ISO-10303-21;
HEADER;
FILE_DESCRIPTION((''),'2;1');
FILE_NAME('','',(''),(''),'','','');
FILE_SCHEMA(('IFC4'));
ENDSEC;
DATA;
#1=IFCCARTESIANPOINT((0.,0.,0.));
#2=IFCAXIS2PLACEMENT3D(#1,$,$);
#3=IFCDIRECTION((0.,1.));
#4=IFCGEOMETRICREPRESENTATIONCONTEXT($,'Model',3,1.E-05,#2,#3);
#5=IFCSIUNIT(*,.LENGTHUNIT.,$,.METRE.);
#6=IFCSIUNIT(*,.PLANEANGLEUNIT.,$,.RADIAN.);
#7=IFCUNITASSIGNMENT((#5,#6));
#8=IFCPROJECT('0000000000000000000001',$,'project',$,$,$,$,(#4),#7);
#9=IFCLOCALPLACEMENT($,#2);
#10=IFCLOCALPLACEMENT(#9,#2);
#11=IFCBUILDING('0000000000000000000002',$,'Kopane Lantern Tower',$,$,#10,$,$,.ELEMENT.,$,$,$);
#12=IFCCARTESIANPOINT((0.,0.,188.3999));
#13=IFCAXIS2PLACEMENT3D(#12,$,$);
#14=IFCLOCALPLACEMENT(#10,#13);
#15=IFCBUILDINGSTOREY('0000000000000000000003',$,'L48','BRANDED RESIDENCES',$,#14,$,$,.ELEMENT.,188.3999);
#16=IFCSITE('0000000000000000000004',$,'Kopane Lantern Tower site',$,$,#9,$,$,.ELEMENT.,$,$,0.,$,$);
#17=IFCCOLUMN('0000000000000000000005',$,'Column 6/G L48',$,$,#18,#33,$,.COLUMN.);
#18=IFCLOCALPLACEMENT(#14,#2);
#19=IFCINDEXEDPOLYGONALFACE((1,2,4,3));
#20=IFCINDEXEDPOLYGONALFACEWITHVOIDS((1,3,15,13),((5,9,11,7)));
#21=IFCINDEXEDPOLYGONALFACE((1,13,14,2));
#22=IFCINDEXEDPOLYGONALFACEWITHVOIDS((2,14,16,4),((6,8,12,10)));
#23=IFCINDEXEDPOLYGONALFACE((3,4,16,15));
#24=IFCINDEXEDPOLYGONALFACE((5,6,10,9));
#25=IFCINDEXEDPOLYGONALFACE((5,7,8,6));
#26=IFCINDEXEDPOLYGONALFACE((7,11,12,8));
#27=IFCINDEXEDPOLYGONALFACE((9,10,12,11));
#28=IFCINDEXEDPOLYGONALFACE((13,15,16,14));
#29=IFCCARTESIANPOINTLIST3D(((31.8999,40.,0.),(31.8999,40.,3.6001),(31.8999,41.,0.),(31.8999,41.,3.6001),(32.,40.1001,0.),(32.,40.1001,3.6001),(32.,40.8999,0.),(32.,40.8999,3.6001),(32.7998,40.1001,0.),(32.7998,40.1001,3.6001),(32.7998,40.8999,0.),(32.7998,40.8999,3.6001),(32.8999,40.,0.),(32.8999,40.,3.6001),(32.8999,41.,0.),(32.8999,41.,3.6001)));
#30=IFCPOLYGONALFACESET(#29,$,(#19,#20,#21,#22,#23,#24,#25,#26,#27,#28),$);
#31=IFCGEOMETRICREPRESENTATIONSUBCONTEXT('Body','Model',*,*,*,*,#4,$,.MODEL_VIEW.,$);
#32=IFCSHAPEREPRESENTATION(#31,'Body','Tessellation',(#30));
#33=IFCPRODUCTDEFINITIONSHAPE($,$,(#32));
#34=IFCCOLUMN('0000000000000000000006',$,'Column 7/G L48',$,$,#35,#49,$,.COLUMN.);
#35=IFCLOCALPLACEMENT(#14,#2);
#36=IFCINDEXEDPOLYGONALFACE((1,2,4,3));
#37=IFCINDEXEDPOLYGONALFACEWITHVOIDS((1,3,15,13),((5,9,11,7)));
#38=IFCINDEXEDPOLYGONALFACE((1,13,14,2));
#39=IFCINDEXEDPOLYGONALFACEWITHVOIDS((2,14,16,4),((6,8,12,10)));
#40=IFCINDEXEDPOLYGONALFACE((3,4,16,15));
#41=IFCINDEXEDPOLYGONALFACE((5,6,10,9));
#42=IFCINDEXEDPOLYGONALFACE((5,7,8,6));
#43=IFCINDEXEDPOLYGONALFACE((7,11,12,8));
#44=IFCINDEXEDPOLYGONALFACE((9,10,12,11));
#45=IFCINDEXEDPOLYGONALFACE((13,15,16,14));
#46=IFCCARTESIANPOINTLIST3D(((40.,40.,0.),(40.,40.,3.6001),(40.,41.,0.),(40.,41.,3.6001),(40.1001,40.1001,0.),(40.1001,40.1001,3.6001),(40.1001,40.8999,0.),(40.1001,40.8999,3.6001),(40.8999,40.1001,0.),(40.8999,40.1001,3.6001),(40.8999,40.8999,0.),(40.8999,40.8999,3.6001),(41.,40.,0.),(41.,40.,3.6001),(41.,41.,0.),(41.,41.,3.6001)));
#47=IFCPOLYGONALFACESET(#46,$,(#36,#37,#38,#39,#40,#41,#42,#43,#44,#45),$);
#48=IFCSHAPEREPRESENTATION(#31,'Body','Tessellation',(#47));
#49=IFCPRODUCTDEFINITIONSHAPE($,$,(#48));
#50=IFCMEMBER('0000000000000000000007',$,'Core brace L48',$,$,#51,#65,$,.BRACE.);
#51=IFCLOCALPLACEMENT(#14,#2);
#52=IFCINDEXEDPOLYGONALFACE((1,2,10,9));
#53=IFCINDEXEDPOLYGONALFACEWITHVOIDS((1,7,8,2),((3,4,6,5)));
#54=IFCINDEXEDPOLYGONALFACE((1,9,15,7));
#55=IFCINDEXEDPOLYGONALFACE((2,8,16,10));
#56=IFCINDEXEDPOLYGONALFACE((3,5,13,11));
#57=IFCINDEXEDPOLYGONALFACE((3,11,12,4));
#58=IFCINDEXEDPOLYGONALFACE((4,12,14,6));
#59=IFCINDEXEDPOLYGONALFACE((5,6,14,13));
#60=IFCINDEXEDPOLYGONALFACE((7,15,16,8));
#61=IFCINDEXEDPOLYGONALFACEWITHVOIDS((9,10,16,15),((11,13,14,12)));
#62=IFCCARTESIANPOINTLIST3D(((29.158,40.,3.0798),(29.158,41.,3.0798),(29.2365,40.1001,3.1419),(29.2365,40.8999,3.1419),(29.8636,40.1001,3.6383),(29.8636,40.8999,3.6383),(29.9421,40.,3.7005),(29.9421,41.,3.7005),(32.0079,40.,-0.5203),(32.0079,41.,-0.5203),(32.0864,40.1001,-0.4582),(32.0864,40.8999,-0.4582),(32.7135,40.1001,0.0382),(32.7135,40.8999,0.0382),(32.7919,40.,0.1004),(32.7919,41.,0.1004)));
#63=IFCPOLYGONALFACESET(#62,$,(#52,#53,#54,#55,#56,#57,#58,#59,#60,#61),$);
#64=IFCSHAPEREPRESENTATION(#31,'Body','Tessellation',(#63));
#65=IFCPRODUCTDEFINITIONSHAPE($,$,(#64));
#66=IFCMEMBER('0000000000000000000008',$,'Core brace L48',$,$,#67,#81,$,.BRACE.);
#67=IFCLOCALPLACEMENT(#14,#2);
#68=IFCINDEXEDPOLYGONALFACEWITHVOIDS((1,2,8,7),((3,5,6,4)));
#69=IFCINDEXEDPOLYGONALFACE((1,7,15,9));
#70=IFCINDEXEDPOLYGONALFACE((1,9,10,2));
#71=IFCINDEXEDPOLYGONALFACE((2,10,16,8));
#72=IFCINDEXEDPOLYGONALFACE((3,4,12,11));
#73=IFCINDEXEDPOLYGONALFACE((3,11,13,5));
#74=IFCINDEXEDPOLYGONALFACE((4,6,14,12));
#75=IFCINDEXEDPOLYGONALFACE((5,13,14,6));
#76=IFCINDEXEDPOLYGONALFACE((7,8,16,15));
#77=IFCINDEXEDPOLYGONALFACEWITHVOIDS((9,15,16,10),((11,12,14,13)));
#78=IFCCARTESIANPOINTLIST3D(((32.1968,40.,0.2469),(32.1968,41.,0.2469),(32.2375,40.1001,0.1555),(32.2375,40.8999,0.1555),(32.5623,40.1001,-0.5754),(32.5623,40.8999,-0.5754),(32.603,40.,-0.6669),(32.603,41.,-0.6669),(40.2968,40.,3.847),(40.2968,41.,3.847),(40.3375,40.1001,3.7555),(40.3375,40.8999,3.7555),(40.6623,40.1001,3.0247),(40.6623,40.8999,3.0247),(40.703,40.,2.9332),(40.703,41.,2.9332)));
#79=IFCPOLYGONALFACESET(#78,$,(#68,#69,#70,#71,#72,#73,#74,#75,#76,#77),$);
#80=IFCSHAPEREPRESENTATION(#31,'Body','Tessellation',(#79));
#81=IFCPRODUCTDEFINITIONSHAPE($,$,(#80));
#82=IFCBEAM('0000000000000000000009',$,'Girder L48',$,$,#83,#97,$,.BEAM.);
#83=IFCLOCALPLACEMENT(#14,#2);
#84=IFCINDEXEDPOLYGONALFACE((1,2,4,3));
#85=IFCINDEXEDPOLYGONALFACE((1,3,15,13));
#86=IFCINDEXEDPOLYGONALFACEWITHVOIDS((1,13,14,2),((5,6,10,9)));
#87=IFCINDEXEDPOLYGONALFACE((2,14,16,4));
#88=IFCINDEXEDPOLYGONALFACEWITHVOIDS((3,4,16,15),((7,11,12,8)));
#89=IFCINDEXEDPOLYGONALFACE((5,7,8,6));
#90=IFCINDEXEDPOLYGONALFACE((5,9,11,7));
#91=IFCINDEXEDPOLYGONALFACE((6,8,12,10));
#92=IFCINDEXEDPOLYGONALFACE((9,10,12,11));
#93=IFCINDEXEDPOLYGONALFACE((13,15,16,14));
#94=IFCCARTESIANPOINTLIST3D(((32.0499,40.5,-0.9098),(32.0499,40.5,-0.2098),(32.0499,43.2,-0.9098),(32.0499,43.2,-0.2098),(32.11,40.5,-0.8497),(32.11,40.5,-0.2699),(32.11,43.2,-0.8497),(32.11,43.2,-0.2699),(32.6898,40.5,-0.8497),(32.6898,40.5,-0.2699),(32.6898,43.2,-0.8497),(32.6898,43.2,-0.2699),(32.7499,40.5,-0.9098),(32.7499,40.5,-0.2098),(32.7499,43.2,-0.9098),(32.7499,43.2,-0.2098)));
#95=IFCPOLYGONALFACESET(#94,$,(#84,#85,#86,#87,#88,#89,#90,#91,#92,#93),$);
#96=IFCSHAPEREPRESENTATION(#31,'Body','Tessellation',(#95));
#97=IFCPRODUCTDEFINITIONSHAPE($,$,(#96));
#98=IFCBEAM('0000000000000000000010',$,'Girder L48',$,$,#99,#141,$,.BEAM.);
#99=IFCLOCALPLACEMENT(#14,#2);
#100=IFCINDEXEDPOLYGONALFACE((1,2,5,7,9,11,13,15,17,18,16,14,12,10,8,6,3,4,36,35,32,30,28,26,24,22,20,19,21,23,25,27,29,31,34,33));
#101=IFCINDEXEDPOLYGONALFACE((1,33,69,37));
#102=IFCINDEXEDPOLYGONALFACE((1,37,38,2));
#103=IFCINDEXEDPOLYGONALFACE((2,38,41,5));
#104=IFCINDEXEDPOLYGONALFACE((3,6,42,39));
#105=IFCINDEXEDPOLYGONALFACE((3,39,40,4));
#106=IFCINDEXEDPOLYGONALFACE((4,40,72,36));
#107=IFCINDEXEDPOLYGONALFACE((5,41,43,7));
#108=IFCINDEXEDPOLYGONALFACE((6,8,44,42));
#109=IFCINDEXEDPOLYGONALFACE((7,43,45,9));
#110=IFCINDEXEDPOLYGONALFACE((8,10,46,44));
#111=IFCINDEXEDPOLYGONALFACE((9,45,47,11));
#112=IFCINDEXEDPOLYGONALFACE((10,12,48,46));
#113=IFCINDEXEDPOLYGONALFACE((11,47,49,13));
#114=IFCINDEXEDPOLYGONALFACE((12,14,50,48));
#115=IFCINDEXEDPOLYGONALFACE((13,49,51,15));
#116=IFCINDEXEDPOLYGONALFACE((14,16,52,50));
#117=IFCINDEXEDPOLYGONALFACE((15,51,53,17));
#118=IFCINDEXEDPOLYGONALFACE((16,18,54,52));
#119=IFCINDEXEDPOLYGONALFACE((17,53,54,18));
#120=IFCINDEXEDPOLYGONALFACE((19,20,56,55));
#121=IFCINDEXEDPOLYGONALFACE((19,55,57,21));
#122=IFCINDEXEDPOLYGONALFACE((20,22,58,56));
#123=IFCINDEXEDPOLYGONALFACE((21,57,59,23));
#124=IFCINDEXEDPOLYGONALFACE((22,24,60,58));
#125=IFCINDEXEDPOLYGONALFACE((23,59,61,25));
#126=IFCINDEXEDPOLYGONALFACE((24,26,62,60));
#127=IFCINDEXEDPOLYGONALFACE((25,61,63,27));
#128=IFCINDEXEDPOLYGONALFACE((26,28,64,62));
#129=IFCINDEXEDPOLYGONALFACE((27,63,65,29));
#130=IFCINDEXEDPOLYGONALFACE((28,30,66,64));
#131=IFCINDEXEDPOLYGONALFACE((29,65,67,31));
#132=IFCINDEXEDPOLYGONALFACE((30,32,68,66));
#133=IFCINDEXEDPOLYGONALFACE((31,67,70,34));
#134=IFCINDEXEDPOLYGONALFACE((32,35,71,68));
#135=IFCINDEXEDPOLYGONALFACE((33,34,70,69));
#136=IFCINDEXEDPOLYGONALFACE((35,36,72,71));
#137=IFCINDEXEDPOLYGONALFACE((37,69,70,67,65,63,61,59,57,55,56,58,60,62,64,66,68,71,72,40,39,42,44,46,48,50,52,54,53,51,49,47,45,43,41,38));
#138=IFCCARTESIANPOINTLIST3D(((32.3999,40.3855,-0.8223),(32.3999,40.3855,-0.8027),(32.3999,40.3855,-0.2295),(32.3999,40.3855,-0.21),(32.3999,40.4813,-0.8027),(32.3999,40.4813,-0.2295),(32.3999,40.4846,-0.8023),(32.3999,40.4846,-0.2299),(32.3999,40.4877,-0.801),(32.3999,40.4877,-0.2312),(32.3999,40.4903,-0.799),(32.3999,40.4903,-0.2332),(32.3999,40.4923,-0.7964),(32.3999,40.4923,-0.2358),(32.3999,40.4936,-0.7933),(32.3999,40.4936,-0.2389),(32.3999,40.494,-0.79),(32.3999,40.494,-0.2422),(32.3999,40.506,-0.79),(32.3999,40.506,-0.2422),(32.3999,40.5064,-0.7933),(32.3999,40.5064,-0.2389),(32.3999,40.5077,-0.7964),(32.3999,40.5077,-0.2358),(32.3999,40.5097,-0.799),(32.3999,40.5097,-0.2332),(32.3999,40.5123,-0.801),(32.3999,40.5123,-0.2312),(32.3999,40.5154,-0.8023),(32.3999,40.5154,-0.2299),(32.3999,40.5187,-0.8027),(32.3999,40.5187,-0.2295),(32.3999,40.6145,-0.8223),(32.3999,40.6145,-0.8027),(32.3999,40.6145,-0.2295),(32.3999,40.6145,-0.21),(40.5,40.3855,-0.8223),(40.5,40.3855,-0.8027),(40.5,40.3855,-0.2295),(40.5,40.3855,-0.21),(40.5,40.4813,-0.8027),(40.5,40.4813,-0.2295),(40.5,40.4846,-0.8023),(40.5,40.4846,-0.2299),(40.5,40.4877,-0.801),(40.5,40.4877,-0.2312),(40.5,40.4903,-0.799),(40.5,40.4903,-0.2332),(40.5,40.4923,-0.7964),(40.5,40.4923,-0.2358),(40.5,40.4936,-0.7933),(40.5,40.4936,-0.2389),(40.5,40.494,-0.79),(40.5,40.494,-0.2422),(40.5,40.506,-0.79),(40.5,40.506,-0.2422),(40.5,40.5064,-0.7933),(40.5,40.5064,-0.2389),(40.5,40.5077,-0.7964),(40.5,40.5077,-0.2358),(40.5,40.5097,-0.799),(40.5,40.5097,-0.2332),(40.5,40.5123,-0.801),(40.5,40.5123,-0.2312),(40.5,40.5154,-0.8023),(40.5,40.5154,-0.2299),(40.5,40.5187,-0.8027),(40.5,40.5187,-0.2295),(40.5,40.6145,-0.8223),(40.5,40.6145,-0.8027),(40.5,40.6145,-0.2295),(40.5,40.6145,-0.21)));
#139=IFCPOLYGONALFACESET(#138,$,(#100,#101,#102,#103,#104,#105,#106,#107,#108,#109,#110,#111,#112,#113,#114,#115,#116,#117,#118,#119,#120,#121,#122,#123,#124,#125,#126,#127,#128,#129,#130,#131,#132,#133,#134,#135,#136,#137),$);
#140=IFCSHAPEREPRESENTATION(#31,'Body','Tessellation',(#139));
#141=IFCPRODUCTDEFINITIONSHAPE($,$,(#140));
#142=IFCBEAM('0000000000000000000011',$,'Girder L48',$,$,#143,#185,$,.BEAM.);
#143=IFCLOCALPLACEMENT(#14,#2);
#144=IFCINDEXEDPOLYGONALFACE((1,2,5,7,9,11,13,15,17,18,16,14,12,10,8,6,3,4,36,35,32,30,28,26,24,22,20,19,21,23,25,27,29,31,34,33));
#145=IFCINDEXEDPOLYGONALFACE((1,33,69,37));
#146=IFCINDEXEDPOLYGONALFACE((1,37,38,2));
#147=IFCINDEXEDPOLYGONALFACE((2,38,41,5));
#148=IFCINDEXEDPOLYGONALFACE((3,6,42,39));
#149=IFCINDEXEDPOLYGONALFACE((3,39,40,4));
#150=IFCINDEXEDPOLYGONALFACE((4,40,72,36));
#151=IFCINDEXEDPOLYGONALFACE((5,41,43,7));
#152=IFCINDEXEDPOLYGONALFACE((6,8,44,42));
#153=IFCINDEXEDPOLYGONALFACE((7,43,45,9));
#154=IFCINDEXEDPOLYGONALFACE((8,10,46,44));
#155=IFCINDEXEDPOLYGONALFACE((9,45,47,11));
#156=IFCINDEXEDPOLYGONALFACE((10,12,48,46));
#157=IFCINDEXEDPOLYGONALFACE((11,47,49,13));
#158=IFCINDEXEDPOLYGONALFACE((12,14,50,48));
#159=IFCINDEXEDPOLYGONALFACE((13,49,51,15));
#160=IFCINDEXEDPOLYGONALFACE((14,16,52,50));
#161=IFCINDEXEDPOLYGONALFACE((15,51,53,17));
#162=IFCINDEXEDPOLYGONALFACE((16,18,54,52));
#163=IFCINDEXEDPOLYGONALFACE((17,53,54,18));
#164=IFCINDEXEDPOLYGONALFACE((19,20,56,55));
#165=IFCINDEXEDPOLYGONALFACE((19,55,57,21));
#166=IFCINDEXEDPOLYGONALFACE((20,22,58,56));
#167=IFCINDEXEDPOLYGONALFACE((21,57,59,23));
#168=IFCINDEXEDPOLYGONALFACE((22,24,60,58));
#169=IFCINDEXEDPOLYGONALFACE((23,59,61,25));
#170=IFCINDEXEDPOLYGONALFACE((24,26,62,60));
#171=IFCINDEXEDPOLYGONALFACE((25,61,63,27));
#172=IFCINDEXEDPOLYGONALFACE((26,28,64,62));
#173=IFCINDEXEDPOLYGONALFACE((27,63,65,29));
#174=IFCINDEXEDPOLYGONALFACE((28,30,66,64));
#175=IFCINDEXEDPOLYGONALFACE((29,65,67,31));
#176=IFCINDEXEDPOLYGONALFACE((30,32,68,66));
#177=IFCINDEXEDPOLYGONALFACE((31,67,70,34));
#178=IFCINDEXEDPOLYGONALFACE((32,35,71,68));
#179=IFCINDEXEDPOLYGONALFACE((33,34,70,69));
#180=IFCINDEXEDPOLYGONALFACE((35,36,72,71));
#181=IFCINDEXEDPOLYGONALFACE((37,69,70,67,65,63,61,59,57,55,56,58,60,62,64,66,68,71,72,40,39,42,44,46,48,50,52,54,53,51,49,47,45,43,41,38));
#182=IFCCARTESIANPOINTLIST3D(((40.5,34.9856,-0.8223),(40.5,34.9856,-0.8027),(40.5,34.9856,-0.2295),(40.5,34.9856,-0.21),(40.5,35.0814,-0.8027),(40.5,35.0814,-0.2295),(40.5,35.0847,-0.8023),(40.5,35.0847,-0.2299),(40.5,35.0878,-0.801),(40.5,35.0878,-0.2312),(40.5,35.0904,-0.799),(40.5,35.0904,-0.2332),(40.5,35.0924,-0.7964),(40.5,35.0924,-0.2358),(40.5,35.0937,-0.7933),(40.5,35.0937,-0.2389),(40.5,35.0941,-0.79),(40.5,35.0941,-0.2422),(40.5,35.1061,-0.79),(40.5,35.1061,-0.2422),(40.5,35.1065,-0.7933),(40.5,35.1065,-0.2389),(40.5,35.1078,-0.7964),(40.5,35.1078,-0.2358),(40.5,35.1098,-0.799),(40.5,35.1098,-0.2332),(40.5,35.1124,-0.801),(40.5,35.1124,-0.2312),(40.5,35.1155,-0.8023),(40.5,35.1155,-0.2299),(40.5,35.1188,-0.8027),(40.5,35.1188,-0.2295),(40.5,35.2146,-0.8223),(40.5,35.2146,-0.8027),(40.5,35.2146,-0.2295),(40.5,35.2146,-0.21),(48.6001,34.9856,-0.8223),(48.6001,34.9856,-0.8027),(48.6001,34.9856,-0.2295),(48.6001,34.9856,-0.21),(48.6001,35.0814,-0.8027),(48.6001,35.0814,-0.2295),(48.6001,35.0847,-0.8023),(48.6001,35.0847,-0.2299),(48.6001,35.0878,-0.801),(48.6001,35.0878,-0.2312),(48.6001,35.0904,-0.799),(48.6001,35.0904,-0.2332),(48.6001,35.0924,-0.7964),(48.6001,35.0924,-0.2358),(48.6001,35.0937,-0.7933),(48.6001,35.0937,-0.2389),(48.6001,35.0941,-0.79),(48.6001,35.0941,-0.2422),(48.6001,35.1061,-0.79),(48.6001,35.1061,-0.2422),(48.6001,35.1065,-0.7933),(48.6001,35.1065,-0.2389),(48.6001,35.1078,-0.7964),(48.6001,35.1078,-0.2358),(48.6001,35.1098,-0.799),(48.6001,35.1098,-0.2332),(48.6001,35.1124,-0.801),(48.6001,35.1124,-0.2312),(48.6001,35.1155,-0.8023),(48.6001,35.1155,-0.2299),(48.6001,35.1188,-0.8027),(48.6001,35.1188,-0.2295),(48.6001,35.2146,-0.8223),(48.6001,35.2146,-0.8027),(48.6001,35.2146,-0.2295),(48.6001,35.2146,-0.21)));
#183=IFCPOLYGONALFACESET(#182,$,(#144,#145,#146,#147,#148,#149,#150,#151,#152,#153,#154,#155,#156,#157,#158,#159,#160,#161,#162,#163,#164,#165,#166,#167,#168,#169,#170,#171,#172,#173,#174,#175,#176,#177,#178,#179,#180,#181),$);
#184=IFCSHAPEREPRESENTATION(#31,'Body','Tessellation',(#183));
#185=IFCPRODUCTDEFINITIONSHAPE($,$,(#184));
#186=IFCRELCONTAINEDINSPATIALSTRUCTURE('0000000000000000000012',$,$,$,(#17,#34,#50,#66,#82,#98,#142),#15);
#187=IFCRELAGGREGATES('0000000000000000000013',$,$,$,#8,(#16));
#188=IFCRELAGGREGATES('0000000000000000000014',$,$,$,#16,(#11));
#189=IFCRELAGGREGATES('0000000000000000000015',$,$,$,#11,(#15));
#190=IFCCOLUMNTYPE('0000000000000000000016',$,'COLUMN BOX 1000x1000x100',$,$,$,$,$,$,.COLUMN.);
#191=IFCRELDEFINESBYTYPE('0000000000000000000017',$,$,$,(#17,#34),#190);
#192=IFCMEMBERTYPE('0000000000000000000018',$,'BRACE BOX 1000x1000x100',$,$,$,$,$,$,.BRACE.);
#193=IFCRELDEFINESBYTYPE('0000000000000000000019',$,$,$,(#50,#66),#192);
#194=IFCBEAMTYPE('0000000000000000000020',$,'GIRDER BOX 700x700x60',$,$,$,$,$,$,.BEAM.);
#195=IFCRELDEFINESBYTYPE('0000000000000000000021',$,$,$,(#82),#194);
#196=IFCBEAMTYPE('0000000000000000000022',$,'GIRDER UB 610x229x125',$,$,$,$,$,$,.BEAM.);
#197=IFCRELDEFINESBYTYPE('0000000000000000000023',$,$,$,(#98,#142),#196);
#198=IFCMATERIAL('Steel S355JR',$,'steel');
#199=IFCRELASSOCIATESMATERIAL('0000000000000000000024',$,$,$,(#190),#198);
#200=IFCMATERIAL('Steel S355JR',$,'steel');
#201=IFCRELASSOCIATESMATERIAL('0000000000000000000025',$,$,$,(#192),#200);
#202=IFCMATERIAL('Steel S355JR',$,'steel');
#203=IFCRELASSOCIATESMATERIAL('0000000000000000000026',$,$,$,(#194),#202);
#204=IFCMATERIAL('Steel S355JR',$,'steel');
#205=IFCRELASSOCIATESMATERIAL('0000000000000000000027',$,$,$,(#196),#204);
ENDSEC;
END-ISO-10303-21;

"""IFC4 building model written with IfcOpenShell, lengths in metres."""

from ifc_helpers import new_model, si_unit, direction, frame, origin, origin_2d, place, context, subcontext, project, spatial, hollow_rectangle, i_section, extrude, material, material_profile, profile_set, type_object, element, save


model = new_model("IFC4")

# Units and contexts
model_context = context("Model", 3, precision=1e-05, world=origin(), true_north=direction((0.0, 1.0)))
body_context = subcontext(model_context, "Body", "Model", "MODEL_VIEW")
ifc_project = project(units=[si_unit("LENGTHUNIT", "METRE"), si_unit("PLANEANGLEUNIT", "RADIAN")], contexts=[model_context])

# Site, building, storey
site_placement = place(None, origin())
site = spatial("IfcSite", under=ifc_project, at=site_placement, Name="Kopane Lantern Tower site", CompositionType="ELEMENT", RefElevation=0.0)
building_placement = place(site_placement, origin())
building = spatial("IfcBuilding", under=site, at=building_placement, Name="Kopane Lantern Tower", CompositionType="ELEMENT")
storey_placement = place(building_placement, frame((0.0, 0.0, 188.3999)))
storey = spatial("IfcBuildingStorey", under=building, at=storey_placement, Name="L48", Description="BRANDED RESIDENCES", CompositionType="ELEMENT", Elevation=188.3999)

# Columns
ifc_material_1 = material(Name="Steel S355JR", Category="steel")
ifc_material_profile_1 = material_profile(ifc_material_1, hollow_rectangle(XDim=1.0, YDim=1.0, WallThickness=0.1001, at=origin_2d()), Name="BOX 1000x1000x100")
ifc_profile_set_1 = profile_set([ifc_material_profile_1], Name="Steel S355JR")
column_type = type_object("IfcColumnType", Name="COLUMN BOX 1000x1000x100", PredefinedType="COLUMN", material=ifc_profile_set_1)
for number, where, z_axis, x_axis, name in (
    (1, (32.3999, 40.5, 0.0), (0.0, 0.0, 1.0), (1.0, 0.0, 0.0), "Column 6/G L48"),
    (2, (40.5, 40.5, 0.0), (0.0, 0.0, 1.0), (1.0, 0.0, 0.0), "Column 7/G L48"),
):
    element("IfcColumn", number, at=place(storey_placement, frame(where, z_axis=z_axis, x_axis=x_axis)), inside=storey, type_object=column_type, Name=name, PredefinedType="COLUMN", context=body_context, shape_type="SweptSolid", body=[
        extrude(hollow_rectangle(XDim=1.0, YDim=1.0, WallThickness=0.1001, at=origin_2d()), origin(), (0.0, 0.0, 1.0), 3.6001),
    ])

# Members
ifc_material_2 = material(Name="Steel S355JR", Category="steel")
ifc_material_profile_2 = material_profile(ifc_material_2, hollow_rectangle(XDim=1.0, YDim=1.0, WallThickness=0.1001, at=origin_2d()), Name="BOX 1000x1000x100")
ifc_profile_set_2 = profile_set([ifc_material_profile_2], Name="Steel S355JR")
member_type = type_object("IfcMemberType", Name="BRACE BOX 1000x1000x100", PredefinedType="BRACE", material=ifc_profile_set_2)
member_1_placement = place(storey_placement, frame((32.3999, 40.5, -0.21), z_axis=(-0.620673, 0.0, 0.78407), x_axis=(0.0, -1.0, 0.0)))
element("IfcMember", 3, at=member_1_placement, inside=storey, type_object=member_type, Name="Core brace L48", PredefinedType="BRACE", context=body_context, shape_type="SweptSolid", body=[
    extrude(hollow_rectangle(XDim=1.0, YDim=1.0, WallThickness=0.1001, at=origin_2d()), origin(), (0.0, 0.0, 1.0), 4.5916),
])
member_2_placement = place(storey_placement, frame((32.3999, 40.5, -0.21), z_axis=(0.913809, 0.0, 0.406144), x_axis=(0.0, 1.0, 0.0)))
element("IfcMember", 4, at=member_2_placement, inside=storey, type_object=member_type, Name="Core brace L48", PredefinedType="BRACE", context=body_context, shape_type="SweptSolid", body=[
    extrude(hollow_rectangle(XDim=1.0, YDim=1.0, WallThickness=0.1001, at=origin_2d()), origin(), (0.0, 0.0, 1.0), 8.864),
])

# Beams
ifc_material_3 = material(Name="Steel S355JR", Category="steel")
ifc_material_profile_3 = material_profile(ifc_material_3, hollow_rectangle(XDim=0.7, YDim=0.7, WallThickness=0.0601, at=origin_2d()), Name="BOX 700x700x60")
ifc_profile_set_3 = profile_set([ifc_material_profile_3], Name="Steel S355JR")
beam_type_1 = type_object("IfcBeamType", Name="GIRDER BOX 700x700x60", PredefinedType="BEAM", material=ifc_profile_set_3)
beam_placement = place(storey_placement, frame((32.3999, 40.5, -0.5598), z_axis=(0.0, 1.0, 0.0), x_axis=(-1.0, 0.0, 0.0)))
element("IfcBeam", 5, at=beam_placement, inside=storey, type_object=beam_type_1, Name="Girder L48", PredefinedType="BEAM", context=body_context, shape_type="SweptSolid", body=[
    extrude(hollow_rectangle(XDim=0.7, YDim=0.7, WallThickness=0.0601, at=origin_2d()), origin(), (0.0, 0.0, 1.0), 2.7),
])
ifc_material_4 = material(Name="Steel S355JR", Category="steel")
ifc_material_profile_4 = material_profile(ifc_material_4, i_section(OverallWidth=0.229, OverallDepth=0.6123, WebThickness=0.012, FlangeThickness=0.0195, FilletRadius=0.0127, at=origin_2d()), Name="UB 610x229x125")
ifc_profile_set_4 = profile_set([ifc_material_profile_4], Name="Steel S355JR")
beam_type_2 = type_object("IfcBeamType", Name="GIRDER UB 610x229x125", PredefinedType="BEAM", material=ifc_profile_set_4)
for number, where, z_axis, x_axis, name in (
    (6, (32.3999, 40.5, -0.5161), (1.0, 0.0, 0.0), (0.0, 1.0, 0.0), "Girder L48"),
    (7, (40.5, 35.1001, -0.5161), (1.0, 0.0, 0.0), (0.0, 1.0, 0.0), "Girder L48"),
):
    element("IfcBeam", number, at=place(storey_placement, frame(where, z_axis=z_axis, x_axis=x_axis)), inside=storey, type_object=beam_type_2, Name=name, PredefinedType="BEAM", context=body_context, shape_type="SweptSolid", body=[
        extrude(i_section(OverallWidth=0.229, OverallDepth=0.6123, WebThickness=0.012, FlangeThickness=0.0195, FilletRadius=0.0127, at=origin_2d()), origin(), (0.0, 0.0, 1.0), 8.1001),
    ])

save(model, "model.ifc")
